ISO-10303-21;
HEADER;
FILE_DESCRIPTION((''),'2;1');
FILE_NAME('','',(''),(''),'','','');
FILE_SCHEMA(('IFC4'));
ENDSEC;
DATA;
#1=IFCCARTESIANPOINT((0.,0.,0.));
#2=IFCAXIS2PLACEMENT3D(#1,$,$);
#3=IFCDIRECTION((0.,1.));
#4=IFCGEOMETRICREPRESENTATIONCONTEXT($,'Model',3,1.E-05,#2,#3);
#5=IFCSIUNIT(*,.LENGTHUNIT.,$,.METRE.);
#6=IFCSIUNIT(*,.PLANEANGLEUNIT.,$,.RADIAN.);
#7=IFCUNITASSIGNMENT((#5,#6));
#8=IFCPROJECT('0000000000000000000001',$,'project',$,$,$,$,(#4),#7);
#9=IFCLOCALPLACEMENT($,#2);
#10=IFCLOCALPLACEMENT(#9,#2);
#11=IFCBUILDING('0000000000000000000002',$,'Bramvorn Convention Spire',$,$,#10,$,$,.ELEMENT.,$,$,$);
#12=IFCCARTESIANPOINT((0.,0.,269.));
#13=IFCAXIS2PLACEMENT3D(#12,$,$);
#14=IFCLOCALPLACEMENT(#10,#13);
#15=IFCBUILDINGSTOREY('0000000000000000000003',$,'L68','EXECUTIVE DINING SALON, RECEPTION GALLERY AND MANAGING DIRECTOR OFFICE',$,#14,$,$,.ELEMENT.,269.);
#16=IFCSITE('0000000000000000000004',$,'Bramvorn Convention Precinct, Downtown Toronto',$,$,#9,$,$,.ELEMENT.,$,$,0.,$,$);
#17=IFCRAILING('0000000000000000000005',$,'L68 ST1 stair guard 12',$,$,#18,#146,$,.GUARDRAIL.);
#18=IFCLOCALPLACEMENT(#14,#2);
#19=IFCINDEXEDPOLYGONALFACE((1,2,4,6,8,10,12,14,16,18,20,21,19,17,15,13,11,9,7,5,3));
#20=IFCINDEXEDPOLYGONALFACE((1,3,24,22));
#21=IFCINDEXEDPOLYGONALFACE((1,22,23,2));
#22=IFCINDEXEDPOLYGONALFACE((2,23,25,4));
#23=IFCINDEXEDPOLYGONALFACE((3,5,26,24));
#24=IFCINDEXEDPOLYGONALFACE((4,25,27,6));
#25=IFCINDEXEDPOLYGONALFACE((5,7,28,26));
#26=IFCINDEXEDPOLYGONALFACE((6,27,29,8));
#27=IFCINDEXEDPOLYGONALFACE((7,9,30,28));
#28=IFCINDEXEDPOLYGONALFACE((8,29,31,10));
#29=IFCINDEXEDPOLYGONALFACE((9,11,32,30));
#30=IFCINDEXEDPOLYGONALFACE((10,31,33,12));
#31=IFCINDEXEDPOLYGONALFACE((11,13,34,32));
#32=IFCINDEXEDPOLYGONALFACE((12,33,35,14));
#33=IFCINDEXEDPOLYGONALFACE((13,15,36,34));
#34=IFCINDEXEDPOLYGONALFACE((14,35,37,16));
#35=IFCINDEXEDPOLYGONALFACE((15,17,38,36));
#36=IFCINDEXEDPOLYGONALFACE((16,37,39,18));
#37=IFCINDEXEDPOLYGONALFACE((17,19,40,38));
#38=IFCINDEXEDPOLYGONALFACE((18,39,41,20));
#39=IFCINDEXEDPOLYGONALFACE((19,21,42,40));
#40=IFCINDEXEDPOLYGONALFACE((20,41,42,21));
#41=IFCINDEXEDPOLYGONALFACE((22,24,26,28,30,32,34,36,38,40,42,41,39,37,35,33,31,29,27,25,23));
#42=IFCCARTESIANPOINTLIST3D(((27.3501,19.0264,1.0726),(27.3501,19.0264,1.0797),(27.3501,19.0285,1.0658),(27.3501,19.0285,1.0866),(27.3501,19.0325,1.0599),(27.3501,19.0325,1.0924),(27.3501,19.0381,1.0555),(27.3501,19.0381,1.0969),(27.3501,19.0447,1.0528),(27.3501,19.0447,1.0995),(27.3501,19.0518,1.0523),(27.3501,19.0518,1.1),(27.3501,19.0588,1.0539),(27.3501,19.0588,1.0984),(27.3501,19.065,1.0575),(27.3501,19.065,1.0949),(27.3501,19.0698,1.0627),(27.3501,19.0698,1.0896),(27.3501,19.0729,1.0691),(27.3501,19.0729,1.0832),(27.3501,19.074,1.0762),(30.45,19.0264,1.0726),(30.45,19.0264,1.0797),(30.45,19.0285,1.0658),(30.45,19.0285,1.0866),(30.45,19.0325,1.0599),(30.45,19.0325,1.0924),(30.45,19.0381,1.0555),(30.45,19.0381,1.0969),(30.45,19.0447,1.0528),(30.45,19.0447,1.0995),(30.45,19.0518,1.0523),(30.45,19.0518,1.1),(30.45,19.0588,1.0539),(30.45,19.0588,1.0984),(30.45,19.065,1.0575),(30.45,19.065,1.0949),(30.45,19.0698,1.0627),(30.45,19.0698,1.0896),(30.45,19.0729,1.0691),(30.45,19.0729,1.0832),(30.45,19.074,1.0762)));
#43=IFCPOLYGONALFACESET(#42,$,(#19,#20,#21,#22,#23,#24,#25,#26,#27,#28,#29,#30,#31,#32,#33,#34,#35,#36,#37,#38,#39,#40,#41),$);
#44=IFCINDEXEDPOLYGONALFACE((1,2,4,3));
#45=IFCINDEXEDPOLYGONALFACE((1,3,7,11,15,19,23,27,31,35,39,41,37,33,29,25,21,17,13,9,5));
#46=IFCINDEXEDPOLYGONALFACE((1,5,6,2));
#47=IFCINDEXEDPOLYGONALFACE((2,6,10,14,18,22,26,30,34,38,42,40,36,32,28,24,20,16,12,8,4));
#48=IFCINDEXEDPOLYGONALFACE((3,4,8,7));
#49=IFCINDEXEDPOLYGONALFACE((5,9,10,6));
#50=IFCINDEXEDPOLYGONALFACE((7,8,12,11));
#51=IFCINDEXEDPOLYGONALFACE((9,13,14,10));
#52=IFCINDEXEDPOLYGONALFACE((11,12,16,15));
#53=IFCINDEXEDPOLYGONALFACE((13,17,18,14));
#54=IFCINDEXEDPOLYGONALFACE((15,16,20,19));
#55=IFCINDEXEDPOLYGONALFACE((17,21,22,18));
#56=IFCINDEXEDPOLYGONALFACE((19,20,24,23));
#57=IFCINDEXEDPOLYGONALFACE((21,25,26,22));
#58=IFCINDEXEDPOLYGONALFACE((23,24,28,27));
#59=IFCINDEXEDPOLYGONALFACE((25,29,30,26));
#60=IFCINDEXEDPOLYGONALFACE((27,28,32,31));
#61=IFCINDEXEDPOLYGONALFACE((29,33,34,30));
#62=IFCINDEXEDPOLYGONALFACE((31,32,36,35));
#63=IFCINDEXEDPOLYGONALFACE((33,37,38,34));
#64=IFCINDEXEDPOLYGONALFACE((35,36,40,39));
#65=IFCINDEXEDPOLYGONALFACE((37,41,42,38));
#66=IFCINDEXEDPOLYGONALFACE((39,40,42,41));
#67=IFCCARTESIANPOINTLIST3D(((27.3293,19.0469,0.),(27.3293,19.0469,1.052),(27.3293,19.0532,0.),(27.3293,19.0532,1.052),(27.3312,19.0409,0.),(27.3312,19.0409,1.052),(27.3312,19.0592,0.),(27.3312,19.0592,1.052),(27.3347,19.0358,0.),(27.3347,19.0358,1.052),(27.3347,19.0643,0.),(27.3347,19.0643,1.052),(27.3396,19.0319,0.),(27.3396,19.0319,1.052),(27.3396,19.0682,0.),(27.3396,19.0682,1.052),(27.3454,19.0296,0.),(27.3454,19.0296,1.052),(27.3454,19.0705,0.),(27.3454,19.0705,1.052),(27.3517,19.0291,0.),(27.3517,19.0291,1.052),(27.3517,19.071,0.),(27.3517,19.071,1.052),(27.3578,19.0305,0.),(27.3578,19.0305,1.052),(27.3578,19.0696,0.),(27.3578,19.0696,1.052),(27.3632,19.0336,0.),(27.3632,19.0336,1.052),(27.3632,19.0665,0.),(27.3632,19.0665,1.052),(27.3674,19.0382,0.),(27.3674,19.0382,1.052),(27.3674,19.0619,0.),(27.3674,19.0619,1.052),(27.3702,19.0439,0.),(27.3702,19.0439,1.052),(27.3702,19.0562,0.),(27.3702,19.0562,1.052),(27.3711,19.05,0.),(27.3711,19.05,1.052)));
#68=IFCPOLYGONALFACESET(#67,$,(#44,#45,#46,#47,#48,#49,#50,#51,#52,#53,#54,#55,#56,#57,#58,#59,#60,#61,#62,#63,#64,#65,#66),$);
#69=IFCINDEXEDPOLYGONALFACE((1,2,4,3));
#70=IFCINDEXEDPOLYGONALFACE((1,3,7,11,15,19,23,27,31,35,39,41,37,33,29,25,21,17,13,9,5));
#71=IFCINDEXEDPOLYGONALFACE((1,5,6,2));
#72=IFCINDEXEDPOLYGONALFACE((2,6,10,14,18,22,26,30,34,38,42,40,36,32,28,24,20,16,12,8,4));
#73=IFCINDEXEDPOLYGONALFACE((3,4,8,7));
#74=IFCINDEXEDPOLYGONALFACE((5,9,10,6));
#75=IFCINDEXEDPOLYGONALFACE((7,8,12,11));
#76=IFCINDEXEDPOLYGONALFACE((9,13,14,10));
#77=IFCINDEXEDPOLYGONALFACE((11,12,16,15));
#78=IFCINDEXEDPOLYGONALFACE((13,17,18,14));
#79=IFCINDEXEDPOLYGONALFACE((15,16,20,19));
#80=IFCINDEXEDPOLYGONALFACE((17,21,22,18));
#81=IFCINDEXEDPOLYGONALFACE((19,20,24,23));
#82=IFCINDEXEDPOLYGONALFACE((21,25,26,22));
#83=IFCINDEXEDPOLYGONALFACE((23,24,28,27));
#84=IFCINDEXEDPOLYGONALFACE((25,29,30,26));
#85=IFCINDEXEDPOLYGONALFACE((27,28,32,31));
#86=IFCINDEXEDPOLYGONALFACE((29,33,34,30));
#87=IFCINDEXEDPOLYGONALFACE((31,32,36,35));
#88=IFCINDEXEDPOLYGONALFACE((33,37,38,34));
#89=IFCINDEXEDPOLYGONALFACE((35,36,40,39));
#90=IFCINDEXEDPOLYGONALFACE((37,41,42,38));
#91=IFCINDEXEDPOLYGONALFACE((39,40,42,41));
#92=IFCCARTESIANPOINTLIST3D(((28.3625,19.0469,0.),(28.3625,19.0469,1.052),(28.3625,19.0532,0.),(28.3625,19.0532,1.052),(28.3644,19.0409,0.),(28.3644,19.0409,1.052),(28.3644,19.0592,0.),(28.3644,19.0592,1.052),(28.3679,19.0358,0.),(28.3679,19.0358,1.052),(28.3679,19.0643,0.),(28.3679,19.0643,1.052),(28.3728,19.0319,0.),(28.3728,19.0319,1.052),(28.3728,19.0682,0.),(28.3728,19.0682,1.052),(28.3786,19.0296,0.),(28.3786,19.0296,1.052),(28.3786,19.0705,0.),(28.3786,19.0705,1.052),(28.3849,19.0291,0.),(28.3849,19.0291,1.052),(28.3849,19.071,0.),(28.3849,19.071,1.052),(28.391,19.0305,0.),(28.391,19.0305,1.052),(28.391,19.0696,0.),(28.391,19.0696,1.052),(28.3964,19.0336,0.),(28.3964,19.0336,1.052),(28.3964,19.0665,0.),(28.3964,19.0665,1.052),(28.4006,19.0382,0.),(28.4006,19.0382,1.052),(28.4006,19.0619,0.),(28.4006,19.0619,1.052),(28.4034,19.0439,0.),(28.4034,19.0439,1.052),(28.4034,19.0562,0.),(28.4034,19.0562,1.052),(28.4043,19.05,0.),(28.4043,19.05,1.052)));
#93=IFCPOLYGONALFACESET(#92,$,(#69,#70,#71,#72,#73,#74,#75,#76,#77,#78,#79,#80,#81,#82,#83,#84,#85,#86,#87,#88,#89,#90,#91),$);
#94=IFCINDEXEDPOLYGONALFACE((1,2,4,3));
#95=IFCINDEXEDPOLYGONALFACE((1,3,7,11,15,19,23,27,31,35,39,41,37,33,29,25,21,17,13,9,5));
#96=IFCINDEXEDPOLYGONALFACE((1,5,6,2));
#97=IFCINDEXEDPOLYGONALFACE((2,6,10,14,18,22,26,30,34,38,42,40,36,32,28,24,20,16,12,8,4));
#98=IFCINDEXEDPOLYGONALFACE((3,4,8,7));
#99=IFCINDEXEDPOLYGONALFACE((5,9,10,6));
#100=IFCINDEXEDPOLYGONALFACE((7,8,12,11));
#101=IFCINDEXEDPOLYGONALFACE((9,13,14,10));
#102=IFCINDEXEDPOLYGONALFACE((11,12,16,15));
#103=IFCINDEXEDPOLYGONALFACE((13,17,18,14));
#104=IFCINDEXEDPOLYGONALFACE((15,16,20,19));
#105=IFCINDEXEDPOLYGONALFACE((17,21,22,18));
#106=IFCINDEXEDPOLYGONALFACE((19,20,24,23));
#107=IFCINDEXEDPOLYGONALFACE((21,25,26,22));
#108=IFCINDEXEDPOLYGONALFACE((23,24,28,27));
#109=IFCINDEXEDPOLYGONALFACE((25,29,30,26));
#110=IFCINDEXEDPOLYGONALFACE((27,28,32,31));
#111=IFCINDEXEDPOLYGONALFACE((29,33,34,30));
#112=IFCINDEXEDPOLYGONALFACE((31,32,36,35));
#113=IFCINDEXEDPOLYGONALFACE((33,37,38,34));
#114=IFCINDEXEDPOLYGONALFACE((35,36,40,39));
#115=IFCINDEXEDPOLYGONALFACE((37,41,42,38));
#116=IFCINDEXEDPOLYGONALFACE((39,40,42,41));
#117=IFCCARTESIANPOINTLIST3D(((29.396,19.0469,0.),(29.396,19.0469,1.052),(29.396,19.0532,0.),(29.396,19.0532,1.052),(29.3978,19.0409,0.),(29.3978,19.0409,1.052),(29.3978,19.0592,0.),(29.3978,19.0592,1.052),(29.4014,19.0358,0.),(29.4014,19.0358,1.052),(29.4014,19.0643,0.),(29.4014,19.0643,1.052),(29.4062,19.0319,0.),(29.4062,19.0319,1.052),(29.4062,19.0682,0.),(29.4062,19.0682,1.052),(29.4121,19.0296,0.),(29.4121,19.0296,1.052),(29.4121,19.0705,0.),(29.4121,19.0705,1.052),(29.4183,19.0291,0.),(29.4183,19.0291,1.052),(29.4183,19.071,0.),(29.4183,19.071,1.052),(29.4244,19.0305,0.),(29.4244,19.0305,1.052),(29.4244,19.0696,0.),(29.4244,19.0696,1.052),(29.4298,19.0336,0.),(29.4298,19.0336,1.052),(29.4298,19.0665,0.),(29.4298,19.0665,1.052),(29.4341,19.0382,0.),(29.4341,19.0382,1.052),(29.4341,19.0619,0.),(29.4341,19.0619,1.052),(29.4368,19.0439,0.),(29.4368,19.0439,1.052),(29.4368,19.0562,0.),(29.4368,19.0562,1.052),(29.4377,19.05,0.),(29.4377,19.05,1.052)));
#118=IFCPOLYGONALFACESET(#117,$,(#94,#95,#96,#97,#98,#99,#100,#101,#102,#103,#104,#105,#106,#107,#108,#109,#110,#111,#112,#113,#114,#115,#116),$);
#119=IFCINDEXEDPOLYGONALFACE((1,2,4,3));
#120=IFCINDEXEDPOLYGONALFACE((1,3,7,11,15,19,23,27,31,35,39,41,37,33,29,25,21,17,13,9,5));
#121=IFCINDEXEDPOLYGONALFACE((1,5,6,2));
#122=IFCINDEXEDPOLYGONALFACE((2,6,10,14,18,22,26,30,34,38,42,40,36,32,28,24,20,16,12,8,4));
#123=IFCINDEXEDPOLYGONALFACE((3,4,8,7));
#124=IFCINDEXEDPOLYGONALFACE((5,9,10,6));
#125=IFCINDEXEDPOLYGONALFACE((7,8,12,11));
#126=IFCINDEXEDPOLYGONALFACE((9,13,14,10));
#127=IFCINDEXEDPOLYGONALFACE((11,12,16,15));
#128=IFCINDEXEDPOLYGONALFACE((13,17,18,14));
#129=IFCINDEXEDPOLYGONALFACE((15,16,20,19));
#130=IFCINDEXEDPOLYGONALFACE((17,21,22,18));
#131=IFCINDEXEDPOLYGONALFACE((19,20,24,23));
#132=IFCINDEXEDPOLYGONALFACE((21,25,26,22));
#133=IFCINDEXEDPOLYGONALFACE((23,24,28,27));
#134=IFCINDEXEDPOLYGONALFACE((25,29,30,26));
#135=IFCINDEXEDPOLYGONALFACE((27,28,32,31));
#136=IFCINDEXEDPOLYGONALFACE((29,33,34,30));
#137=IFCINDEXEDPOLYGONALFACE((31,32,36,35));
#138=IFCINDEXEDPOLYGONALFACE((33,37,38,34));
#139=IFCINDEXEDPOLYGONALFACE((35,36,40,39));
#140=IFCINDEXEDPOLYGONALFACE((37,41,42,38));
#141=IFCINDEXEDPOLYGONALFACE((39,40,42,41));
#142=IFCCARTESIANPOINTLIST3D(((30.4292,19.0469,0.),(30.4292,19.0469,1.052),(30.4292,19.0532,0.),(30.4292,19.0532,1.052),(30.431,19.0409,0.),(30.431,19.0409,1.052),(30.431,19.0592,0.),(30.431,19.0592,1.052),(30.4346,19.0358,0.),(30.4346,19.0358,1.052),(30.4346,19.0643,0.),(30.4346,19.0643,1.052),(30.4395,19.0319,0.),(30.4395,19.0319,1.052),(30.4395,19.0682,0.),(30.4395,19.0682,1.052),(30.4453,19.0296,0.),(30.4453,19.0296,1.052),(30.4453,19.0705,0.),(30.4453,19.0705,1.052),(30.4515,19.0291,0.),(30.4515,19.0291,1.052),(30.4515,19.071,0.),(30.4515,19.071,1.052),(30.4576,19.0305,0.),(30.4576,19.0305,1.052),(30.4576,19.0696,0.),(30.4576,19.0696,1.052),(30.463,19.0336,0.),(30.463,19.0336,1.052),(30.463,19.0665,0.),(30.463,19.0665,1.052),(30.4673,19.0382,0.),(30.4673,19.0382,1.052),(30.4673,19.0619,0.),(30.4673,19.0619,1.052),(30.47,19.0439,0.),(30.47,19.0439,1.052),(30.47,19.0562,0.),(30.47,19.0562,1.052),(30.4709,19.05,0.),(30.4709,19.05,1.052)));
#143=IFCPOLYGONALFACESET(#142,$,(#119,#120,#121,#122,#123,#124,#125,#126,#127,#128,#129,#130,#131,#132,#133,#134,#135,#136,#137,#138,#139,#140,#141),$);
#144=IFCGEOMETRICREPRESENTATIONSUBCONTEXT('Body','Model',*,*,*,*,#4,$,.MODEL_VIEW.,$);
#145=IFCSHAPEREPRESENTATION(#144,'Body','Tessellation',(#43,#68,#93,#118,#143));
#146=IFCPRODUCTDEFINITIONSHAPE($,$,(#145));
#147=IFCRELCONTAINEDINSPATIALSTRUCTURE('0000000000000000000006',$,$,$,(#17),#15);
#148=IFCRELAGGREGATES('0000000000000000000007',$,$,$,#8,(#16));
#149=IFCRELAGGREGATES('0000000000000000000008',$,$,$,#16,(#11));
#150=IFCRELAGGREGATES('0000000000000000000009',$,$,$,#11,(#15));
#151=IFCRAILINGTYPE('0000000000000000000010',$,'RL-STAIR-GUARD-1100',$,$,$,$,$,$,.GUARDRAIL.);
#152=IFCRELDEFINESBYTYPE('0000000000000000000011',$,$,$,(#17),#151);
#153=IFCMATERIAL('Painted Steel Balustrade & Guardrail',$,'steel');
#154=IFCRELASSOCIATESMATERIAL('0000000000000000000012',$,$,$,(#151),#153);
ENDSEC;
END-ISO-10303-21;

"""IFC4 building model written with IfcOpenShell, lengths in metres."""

from ifc_helpers import new_model, si_unit, direction, frame, origin, origin_2d, place, context, subcontext, project, spatial, circle, extrude, material, type_object, element, save


model = new_model("IFC4")

# Units and contexts
model_context = context("Model", 3, precision=1e-05, world=origin(), true_north=direction((0.0, 1.0)))
body_context = subcontext(model_context, "Body", "Model", "MODEL_VIEW")
ifc_project = project(units=[si_unit("LENGTHUNIT", "METRE"), si_unit("PLANEANGLEUNIT", "RADIAN")], contexts=[model_context])

# Site, building, storey
site_placement = place(None, origin())
site = spatial("IfcSite", under=ifc_project, at=site_placement, Name="Bramvorn Convention Precinct, Downtown Toronto", CompositionType="ELEMENT", RefElevation=0.0)
building_placement = place(site_placement, origin())
building = spatial("IfcBuilding", under=site, at=building_placement, Name="Bramvorn Convention Spire", CompositionType="ELEMENT")
storey_placement = place(building_placement, frame((0.0, 0.0, 269.0)))
storey = spatial("IfcBuildingStorey", under=building, at=storey_placement, Name="L68", Description="EXECUTIVE DINING SALON, RECEPTION GALLERY AND MANAGING DIRECTOR OFFICE", CompositionType="ELEMENT", Elevation=269.0)

# Railing
ifc_material_1 = material(Name="Painted Steel Balustrade & Guardrail", Category="steel")
railing_type = type_object("IfcRailingType", Name="RL-STAIR-GUARD-1100", PredefinedType="GUARDRAIL", material=ifc_material_1)
railing_1_placement = place(storey_placement, frame((27.3501, 19.05, 0.0)))
element("IfcRailing", 1, at=railing_1_placement, inside=storey, type_object=railing_type, Name="L68 ST1 stair guard 12", PredefinedType="GUARDRAIL", context=body_context, shape_type="SweptSolid", body=[
    extrude(circle(Radius=0.0239, at=origin_2d()), frame((0.0, 0.0, 1.0762), z_axis=(1.0, 0.0, 0.0), x_axis=(0.0, 1.0, 0.0)), (0.0, 0.0, 1.0), 3.0999),
    extrude(circle(Radius=0.021, at=origin_2d()), origin(), (0.0, 0.0, 1.0), 1.052),
    extrude(circle(Radius=0.021, at=origin_2d()), frame((1.0332, 0.0, 0.0)), (0.0, 0.0, 1.0), 1.052),
    extrude(circle(Radius=0.021, at=origin_2d()), frame((2.0667, 0.0, 0.0)), (0.0, 0.0, 1.0), 1.052),
    extrude(circle(Radius=0.021, at=origin_2d()), frame((3.0999, 0.0, 0.0)), (0.0, 0.0, 1.0), 1.052),
])

save(model, "model.ifc")
